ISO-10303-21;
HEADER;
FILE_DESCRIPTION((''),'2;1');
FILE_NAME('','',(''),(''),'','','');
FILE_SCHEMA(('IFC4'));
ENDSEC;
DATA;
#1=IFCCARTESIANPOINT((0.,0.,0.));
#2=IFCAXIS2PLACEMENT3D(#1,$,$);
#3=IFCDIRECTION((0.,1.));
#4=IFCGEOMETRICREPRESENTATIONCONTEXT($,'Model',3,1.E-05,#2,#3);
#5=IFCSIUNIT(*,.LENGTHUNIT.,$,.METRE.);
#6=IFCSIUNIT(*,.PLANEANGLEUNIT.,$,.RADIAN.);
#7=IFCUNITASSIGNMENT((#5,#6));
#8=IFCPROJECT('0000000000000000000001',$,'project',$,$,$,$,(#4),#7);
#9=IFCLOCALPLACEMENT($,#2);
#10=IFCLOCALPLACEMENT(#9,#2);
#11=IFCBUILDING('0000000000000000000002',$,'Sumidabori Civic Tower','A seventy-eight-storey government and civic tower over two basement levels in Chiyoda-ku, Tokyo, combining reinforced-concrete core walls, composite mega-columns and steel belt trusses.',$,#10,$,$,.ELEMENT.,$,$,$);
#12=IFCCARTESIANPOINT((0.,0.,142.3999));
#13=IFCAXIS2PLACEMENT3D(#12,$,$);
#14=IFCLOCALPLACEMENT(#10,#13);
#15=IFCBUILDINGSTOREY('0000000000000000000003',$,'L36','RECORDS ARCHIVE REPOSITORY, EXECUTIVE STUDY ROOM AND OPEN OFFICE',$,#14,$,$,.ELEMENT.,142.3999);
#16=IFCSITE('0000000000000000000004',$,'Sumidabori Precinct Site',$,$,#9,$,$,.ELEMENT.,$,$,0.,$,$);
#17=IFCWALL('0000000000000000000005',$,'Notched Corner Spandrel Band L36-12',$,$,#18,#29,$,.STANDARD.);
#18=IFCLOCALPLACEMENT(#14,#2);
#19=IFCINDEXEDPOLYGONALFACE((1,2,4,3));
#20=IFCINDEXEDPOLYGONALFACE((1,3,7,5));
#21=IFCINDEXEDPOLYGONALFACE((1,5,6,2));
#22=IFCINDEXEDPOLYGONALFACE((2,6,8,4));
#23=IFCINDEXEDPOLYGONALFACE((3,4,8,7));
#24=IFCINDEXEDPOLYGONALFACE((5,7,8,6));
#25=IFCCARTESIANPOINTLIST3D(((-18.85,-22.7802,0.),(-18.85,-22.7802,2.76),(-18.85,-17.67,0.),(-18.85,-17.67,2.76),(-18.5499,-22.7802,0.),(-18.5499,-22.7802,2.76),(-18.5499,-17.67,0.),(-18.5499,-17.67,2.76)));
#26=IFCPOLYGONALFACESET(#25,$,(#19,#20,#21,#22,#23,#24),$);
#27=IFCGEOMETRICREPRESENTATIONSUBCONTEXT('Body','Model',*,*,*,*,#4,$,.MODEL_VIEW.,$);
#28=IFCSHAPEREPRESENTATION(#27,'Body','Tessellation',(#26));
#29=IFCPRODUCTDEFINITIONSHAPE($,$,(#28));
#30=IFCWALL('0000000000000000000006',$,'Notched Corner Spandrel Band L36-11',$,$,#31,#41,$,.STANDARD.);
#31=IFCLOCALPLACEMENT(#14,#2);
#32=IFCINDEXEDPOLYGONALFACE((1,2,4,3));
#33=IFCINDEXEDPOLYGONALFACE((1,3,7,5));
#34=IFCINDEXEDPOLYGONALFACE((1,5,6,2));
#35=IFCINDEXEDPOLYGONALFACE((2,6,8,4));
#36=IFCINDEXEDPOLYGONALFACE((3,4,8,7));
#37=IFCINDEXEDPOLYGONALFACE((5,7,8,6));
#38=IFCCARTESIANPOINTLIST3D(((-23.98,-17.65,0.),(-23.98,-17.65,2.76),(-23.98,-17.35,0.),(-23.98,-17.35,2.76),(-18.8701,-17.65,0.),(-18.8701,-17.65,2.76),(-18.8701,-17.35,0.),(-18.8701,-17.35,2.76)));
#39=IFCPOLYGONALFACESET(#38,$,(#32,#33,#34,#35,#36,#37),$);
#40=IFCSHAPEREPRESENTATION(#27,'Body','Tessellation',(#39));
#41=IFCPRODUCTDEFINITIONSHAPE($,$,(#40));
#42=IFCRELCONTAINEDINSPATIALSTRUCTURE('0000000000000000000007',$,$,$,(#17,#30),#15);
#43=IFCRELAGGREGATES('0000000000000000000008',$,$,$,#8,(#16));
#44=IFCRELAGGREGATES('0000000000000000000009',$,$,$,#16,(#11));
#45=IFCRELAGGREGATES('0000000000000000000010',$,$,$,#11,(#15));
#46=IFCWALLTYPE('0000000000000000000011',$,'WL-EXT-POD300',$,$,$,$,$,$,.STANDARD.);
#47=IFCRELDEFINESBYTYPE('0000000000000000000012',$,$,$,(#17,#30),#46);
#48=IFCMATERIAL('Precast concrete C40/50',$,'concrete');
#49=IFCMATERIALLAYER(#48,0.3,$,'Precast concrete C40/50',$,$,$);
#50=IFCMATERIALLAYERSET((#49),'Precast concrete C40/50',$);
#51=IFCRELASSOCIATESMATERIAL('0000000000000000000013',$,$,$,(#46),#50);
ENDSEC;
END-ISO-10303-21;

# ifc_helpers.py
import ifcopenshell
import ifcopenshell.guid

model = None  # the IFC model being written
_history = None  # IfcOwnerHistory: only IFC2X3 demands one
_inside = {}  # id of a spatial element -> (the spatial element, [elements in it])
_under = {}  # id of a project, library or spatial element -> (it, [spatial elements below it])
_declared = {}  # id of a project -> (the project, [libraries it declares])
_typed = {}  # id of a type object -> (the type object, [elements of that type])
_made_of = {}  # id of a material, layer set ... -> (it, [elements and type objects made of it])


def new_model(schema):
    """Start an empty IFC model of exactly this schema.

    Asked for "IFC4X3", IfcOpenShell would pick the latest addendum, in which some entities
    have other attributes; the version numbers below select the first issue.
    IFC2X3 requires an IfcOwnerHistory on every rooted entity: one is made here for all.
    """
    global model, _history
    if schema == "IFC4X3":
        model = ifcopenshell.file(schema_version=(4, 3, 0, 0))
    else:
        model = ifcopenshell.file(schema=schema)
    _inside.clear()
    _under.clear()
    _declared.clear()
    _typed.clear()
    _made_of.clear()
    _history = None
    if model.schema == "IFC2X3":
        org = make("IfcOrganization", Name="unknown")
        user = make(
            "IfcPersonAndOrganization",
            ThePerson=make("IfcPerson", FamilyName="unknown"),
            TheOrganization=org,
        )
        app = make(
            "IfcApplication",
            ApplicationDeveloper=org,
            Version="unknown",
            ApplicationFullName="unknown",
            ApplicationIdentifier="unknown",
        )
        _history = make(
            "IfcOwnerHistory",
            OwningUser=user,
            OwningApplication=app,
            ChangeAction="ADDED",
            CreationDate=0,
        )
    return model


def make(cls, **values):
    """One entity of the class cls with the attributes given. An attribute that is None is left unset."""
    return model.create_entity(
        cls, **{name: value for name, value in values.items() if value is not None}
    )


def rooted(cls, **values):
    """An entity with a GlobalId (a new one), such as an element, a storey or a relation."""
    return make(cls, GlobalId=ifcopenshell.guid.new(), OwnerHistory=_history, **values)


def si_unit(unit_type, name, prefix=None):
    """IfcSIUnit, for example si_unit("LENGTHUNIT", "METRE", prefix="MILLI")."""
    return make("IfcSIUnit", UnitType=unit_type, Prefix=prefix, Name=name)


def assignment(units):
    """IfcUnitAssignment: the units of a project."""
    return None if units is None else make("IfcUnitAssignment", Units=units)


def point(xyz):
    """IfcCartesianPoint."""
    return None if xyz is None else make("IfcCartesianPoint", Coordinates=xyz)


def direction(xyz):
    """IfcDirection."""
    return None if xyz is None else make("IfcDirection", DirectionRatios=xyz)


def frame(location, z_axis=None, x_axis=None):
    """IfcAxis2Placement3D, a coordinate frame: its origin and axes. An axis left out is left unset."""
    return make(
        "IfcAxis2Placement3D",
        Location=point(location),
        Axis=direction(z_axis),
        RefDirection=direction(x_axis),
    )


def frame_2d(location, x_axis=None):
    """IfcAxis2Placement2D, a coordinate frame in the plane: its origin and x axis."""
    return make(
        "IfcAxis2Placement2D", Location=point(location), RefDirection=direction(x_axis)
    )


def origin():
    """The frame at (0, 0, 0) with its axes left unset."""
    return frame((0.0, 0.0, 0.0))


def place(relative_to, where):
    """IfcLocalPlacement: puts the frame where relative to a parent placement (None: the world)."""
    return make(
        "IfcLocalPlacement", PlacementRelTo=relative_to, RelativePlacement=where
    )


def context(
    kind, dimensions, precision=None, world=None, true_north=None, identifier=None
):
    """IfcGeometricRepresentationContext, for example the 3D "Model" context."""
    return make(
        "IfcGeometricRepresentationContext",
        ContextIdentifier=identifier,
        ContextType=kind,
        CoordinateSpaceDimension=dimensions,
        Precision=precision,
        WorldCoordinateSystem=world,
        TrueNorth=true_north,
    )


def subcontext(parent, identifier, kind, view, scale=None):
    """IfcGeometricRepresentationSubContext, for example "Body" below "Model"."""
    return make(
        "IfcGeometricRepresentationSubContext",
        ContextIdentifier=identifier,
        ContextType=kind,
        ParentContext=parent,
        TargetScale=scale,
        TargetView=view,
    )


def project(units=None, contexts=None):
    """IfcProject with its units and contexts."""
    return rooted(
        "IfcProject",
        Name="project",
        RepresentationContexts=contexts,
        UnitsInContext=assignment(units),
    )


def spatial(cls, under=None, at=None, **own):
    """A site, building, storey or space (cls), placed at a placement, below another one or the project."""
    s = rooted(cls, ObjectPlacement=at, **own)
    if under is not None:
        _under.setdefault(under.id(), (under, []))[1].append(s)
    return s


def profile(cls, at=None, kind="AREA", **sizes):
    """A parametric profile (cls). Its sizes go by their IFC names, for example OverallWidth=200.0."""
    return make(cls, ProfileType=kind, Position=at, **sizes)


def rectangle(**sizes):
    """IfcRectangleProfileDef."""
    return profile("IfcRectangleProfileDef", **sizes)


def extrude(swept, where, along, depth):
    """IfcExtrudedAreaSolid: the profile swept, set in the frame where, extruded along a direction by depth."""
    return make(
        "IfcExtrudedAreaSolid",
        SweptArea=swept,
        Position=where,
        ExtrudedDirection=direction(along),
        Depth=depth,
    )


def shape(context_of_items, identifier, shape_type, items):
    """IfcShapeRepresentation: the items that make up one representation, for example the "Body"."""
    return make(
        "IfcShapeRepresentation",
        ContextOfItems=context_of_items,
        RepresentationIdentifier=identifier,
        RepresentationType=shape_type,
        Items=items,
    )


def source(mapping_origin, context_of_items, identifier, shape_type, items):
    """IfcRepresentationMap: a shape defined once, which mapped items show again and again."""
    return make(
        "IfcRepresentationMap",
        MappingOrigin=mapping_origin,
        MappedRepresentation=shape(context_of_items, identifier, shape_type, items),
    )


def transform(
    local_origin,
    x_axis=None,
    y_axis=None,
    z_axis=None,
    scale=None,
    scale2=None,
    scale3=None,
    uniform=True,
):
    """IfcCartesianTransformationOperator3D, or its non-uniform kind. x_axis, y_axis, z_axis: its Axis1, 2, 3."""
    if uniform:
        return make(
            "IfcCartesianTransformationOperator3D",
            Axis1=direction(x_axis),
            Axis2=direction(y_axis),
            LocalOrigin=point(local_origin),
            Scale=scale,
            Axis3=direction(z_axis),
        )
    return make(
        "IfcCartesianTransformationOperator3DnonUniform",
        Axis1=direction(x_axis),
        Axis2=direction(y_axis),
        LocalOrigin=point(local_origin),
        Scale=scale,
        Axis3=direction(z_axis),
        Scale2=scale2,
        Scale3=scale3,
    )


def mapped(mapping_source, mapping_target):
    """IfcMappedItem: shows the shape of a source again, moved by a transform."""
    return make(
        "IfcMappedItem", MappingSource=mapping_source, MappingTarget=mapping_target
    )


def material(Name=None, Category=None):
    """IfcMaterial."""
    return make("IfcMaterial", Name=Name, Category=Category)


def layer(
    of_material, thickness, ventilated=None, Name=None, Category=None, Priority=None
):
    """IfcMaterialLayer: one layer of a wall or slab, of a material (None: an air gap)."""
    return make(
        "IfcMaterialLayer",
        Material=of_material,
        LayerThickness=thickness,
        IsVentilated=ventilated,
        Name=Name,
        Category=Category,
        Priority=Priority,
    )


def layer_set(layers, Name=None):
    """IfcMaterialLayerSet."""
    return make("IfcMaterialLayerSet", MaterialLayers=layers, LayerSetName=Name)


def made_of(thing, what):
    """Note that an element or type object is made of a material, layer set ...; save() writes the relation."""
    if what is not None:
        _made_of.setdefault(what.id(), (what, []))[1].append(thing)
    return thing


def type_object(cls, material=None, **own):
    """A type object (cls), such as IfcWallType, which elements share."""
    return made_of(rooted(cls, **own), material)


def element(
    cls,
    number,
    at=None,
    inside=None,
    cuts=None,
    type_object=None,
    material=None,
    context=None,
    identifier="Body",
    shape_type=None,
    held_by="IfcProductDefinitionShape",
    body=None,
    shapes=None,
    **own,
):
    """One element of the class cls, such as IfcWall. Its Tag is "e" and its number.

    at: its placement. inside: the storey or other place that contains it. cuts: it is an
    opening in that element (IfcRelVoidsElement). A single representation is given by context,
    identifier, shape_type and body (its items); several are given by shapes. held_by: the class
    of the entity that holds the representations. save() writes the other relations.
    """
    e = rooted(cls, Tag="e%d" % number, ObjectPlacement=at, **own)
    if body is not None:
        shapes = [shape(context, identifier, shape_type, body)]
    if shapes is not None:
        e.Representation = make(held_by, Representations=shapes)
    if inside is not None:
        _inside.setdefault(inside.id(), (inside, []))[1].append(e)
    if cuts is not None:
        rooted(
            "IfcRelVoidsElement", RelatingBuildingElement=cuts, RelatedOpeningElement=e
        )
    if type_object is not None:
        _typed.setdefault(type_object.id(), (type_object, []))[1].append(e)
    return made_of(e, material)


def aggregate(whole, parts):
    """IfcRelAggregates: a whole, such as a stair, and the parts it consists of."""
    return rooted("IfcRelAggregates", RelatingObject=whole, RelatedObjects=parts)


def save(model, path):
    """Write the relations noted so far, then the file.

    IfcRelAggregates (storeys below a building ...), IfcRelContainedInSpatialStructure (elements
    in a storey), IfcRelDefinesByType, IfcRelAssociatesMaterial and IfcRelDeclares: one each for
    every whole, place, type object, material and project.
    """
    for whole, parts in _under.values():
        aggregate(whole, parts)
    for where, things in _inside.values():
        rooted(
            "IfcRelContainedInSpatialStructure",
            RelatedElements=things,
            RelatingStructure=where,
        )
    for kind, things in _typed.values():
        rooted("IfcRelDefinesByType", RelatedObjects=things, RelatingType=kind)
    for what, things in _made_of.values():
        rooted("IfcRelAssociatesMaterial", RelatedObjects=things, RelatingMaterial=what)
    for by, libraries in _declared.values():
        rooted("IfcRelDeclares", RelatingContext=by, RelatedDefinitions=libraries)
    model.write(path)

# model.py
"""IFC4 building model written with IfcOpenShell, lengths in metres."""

from ifc_helpers import new_model, si_unit, direction, frame, frame_2d, origin, place, context, subcontext, project, spatial, rectangle, extrude, source, transform, mapped, material, layer, layer_set, type_object, element, save


model = new_model("IFC4")

# Units and contexts
model_context = context("Model", 3, precision=1e-05, world=origin(), true_north=direction((0.0, 1.0)))
body_context = subcontext(model_context, "Body", "Model", "MODEL_VIEW")
ifc_project = project(units=[si_unit("LENGTHUNIT", "METRE"), si_unit("PLANEANGLEUNIT", "RADIAN")], contexts=[model_context])

# Site, building, storey
site_placement = place(None, origin())
site = spatial("IfcSite", under=ifc_project, at=site_placement, Name="Sumidabori Precinct Site", CompositionType="ELEMENT", RefElevation=0.0)
building_placement = place(site_placement, origin())
building = spatial("IfcBuilding", under=site, at=building_placement, Name="Sumidabori Civic Tower", Description="A seventy-eight-storey government and civic tower over two basement levels in Chiyoda-ku, Tokyo, combining reinforced-concrete core walls, composite mega-columns and steel belt trusses.", CompositionType="ELEMENT")
storey_placement = place(building_placement, frame((0.0, 0.0, 142.3999)))
storey = spatial("IfcBuildingStorey", under=building, at=storey_placement, Name="L36", Description="RECORDS ARCHIVE REPOSITORY, EXECUTIVE STUDY ROOM AND OPEN OFFICE", CompositionType="ELEMENT", Elevation=142.3999)

# Walls
ifc_material_1 = material(Name="Precast concrete C40/50", Category="concrete")
ifc_layer_1 = layer(ifc_material_1, 0.3, Name="Precast concrete C40/50")
ifc_layer_set_1 = layer_set([ifc_layer_1], Name="Precast concrete C40/50")
wall_type = type_object("IfcWallType", Name="WL-EXT-POD300", PredefinedType="STANDARD", material=ifc_layer_set_1)
shared_shape_1 = source(origin(), body_context, "Body", "SweptSolid", [
    extrude(rectangle(XDim=5.1101, YDim=0.3, at=frame_2d((2.5552, 0.0))), origin(), (0.0, 0.0, 1.0), 2.76),
])
wall_1_placement = place(storey_placement, frame((-18.7, -17.6699, 0.0), z_axis=(0.0, 0.0, 1.0), x_axis=(0.0, -1.0, 0.0)))
element("IfcWall", 1, at=wall_1_placement, inside=storey, type_object=wall_type, Name="Notched Corner Spandrel Band L36-12", PredefinedType="STANDARD", context=body_context, shape_type="MappedRepresentation", body=[
    mapped(shared_shape_1, transform((0.0, 0.0, 0.0), x_axis=(1.0, 0.0, 0.0), y_axis=(0.0, 1.0, 0.0), z_axis=(0.0, 0.0, 1.0), scale=1.0)),
])
shared_shape_2 = source(origin(), body_context, "Body", "SweptSolid", [
    extrude(rectangle(XDim=5.1099, YDim=0.3, at=frame_2d((2.5549, 0.0))), origin(), (0.0, 0.0, 1.0), 2.76),
])
wall_2_placement = place(storey_placement, frame((-23.98, -17.5, 0.0), z_axis=(0.0, 0.0, 1.0), x_axis=(1.0, 0.0, 0.0)))
element("IfcWall", 2, at=wall_2_placement, inside=storey, type_object=wall_type, Name="Notched Corner Spandrel Band L36-11", PredefinedType="STANDARD", context=body_context, shape_type="MappedRepresentation", body=[
    mapped(shared_shape_2, transform((0.0, 0.0, 0.0), x_axis=(1.0, 0.0, 0.0), y_axis=(0.0, 1.0, 0.0), z_axis=(0.0, 0.0, 1.0), scale=1.0)),
])

save(model, "model.ifc")
